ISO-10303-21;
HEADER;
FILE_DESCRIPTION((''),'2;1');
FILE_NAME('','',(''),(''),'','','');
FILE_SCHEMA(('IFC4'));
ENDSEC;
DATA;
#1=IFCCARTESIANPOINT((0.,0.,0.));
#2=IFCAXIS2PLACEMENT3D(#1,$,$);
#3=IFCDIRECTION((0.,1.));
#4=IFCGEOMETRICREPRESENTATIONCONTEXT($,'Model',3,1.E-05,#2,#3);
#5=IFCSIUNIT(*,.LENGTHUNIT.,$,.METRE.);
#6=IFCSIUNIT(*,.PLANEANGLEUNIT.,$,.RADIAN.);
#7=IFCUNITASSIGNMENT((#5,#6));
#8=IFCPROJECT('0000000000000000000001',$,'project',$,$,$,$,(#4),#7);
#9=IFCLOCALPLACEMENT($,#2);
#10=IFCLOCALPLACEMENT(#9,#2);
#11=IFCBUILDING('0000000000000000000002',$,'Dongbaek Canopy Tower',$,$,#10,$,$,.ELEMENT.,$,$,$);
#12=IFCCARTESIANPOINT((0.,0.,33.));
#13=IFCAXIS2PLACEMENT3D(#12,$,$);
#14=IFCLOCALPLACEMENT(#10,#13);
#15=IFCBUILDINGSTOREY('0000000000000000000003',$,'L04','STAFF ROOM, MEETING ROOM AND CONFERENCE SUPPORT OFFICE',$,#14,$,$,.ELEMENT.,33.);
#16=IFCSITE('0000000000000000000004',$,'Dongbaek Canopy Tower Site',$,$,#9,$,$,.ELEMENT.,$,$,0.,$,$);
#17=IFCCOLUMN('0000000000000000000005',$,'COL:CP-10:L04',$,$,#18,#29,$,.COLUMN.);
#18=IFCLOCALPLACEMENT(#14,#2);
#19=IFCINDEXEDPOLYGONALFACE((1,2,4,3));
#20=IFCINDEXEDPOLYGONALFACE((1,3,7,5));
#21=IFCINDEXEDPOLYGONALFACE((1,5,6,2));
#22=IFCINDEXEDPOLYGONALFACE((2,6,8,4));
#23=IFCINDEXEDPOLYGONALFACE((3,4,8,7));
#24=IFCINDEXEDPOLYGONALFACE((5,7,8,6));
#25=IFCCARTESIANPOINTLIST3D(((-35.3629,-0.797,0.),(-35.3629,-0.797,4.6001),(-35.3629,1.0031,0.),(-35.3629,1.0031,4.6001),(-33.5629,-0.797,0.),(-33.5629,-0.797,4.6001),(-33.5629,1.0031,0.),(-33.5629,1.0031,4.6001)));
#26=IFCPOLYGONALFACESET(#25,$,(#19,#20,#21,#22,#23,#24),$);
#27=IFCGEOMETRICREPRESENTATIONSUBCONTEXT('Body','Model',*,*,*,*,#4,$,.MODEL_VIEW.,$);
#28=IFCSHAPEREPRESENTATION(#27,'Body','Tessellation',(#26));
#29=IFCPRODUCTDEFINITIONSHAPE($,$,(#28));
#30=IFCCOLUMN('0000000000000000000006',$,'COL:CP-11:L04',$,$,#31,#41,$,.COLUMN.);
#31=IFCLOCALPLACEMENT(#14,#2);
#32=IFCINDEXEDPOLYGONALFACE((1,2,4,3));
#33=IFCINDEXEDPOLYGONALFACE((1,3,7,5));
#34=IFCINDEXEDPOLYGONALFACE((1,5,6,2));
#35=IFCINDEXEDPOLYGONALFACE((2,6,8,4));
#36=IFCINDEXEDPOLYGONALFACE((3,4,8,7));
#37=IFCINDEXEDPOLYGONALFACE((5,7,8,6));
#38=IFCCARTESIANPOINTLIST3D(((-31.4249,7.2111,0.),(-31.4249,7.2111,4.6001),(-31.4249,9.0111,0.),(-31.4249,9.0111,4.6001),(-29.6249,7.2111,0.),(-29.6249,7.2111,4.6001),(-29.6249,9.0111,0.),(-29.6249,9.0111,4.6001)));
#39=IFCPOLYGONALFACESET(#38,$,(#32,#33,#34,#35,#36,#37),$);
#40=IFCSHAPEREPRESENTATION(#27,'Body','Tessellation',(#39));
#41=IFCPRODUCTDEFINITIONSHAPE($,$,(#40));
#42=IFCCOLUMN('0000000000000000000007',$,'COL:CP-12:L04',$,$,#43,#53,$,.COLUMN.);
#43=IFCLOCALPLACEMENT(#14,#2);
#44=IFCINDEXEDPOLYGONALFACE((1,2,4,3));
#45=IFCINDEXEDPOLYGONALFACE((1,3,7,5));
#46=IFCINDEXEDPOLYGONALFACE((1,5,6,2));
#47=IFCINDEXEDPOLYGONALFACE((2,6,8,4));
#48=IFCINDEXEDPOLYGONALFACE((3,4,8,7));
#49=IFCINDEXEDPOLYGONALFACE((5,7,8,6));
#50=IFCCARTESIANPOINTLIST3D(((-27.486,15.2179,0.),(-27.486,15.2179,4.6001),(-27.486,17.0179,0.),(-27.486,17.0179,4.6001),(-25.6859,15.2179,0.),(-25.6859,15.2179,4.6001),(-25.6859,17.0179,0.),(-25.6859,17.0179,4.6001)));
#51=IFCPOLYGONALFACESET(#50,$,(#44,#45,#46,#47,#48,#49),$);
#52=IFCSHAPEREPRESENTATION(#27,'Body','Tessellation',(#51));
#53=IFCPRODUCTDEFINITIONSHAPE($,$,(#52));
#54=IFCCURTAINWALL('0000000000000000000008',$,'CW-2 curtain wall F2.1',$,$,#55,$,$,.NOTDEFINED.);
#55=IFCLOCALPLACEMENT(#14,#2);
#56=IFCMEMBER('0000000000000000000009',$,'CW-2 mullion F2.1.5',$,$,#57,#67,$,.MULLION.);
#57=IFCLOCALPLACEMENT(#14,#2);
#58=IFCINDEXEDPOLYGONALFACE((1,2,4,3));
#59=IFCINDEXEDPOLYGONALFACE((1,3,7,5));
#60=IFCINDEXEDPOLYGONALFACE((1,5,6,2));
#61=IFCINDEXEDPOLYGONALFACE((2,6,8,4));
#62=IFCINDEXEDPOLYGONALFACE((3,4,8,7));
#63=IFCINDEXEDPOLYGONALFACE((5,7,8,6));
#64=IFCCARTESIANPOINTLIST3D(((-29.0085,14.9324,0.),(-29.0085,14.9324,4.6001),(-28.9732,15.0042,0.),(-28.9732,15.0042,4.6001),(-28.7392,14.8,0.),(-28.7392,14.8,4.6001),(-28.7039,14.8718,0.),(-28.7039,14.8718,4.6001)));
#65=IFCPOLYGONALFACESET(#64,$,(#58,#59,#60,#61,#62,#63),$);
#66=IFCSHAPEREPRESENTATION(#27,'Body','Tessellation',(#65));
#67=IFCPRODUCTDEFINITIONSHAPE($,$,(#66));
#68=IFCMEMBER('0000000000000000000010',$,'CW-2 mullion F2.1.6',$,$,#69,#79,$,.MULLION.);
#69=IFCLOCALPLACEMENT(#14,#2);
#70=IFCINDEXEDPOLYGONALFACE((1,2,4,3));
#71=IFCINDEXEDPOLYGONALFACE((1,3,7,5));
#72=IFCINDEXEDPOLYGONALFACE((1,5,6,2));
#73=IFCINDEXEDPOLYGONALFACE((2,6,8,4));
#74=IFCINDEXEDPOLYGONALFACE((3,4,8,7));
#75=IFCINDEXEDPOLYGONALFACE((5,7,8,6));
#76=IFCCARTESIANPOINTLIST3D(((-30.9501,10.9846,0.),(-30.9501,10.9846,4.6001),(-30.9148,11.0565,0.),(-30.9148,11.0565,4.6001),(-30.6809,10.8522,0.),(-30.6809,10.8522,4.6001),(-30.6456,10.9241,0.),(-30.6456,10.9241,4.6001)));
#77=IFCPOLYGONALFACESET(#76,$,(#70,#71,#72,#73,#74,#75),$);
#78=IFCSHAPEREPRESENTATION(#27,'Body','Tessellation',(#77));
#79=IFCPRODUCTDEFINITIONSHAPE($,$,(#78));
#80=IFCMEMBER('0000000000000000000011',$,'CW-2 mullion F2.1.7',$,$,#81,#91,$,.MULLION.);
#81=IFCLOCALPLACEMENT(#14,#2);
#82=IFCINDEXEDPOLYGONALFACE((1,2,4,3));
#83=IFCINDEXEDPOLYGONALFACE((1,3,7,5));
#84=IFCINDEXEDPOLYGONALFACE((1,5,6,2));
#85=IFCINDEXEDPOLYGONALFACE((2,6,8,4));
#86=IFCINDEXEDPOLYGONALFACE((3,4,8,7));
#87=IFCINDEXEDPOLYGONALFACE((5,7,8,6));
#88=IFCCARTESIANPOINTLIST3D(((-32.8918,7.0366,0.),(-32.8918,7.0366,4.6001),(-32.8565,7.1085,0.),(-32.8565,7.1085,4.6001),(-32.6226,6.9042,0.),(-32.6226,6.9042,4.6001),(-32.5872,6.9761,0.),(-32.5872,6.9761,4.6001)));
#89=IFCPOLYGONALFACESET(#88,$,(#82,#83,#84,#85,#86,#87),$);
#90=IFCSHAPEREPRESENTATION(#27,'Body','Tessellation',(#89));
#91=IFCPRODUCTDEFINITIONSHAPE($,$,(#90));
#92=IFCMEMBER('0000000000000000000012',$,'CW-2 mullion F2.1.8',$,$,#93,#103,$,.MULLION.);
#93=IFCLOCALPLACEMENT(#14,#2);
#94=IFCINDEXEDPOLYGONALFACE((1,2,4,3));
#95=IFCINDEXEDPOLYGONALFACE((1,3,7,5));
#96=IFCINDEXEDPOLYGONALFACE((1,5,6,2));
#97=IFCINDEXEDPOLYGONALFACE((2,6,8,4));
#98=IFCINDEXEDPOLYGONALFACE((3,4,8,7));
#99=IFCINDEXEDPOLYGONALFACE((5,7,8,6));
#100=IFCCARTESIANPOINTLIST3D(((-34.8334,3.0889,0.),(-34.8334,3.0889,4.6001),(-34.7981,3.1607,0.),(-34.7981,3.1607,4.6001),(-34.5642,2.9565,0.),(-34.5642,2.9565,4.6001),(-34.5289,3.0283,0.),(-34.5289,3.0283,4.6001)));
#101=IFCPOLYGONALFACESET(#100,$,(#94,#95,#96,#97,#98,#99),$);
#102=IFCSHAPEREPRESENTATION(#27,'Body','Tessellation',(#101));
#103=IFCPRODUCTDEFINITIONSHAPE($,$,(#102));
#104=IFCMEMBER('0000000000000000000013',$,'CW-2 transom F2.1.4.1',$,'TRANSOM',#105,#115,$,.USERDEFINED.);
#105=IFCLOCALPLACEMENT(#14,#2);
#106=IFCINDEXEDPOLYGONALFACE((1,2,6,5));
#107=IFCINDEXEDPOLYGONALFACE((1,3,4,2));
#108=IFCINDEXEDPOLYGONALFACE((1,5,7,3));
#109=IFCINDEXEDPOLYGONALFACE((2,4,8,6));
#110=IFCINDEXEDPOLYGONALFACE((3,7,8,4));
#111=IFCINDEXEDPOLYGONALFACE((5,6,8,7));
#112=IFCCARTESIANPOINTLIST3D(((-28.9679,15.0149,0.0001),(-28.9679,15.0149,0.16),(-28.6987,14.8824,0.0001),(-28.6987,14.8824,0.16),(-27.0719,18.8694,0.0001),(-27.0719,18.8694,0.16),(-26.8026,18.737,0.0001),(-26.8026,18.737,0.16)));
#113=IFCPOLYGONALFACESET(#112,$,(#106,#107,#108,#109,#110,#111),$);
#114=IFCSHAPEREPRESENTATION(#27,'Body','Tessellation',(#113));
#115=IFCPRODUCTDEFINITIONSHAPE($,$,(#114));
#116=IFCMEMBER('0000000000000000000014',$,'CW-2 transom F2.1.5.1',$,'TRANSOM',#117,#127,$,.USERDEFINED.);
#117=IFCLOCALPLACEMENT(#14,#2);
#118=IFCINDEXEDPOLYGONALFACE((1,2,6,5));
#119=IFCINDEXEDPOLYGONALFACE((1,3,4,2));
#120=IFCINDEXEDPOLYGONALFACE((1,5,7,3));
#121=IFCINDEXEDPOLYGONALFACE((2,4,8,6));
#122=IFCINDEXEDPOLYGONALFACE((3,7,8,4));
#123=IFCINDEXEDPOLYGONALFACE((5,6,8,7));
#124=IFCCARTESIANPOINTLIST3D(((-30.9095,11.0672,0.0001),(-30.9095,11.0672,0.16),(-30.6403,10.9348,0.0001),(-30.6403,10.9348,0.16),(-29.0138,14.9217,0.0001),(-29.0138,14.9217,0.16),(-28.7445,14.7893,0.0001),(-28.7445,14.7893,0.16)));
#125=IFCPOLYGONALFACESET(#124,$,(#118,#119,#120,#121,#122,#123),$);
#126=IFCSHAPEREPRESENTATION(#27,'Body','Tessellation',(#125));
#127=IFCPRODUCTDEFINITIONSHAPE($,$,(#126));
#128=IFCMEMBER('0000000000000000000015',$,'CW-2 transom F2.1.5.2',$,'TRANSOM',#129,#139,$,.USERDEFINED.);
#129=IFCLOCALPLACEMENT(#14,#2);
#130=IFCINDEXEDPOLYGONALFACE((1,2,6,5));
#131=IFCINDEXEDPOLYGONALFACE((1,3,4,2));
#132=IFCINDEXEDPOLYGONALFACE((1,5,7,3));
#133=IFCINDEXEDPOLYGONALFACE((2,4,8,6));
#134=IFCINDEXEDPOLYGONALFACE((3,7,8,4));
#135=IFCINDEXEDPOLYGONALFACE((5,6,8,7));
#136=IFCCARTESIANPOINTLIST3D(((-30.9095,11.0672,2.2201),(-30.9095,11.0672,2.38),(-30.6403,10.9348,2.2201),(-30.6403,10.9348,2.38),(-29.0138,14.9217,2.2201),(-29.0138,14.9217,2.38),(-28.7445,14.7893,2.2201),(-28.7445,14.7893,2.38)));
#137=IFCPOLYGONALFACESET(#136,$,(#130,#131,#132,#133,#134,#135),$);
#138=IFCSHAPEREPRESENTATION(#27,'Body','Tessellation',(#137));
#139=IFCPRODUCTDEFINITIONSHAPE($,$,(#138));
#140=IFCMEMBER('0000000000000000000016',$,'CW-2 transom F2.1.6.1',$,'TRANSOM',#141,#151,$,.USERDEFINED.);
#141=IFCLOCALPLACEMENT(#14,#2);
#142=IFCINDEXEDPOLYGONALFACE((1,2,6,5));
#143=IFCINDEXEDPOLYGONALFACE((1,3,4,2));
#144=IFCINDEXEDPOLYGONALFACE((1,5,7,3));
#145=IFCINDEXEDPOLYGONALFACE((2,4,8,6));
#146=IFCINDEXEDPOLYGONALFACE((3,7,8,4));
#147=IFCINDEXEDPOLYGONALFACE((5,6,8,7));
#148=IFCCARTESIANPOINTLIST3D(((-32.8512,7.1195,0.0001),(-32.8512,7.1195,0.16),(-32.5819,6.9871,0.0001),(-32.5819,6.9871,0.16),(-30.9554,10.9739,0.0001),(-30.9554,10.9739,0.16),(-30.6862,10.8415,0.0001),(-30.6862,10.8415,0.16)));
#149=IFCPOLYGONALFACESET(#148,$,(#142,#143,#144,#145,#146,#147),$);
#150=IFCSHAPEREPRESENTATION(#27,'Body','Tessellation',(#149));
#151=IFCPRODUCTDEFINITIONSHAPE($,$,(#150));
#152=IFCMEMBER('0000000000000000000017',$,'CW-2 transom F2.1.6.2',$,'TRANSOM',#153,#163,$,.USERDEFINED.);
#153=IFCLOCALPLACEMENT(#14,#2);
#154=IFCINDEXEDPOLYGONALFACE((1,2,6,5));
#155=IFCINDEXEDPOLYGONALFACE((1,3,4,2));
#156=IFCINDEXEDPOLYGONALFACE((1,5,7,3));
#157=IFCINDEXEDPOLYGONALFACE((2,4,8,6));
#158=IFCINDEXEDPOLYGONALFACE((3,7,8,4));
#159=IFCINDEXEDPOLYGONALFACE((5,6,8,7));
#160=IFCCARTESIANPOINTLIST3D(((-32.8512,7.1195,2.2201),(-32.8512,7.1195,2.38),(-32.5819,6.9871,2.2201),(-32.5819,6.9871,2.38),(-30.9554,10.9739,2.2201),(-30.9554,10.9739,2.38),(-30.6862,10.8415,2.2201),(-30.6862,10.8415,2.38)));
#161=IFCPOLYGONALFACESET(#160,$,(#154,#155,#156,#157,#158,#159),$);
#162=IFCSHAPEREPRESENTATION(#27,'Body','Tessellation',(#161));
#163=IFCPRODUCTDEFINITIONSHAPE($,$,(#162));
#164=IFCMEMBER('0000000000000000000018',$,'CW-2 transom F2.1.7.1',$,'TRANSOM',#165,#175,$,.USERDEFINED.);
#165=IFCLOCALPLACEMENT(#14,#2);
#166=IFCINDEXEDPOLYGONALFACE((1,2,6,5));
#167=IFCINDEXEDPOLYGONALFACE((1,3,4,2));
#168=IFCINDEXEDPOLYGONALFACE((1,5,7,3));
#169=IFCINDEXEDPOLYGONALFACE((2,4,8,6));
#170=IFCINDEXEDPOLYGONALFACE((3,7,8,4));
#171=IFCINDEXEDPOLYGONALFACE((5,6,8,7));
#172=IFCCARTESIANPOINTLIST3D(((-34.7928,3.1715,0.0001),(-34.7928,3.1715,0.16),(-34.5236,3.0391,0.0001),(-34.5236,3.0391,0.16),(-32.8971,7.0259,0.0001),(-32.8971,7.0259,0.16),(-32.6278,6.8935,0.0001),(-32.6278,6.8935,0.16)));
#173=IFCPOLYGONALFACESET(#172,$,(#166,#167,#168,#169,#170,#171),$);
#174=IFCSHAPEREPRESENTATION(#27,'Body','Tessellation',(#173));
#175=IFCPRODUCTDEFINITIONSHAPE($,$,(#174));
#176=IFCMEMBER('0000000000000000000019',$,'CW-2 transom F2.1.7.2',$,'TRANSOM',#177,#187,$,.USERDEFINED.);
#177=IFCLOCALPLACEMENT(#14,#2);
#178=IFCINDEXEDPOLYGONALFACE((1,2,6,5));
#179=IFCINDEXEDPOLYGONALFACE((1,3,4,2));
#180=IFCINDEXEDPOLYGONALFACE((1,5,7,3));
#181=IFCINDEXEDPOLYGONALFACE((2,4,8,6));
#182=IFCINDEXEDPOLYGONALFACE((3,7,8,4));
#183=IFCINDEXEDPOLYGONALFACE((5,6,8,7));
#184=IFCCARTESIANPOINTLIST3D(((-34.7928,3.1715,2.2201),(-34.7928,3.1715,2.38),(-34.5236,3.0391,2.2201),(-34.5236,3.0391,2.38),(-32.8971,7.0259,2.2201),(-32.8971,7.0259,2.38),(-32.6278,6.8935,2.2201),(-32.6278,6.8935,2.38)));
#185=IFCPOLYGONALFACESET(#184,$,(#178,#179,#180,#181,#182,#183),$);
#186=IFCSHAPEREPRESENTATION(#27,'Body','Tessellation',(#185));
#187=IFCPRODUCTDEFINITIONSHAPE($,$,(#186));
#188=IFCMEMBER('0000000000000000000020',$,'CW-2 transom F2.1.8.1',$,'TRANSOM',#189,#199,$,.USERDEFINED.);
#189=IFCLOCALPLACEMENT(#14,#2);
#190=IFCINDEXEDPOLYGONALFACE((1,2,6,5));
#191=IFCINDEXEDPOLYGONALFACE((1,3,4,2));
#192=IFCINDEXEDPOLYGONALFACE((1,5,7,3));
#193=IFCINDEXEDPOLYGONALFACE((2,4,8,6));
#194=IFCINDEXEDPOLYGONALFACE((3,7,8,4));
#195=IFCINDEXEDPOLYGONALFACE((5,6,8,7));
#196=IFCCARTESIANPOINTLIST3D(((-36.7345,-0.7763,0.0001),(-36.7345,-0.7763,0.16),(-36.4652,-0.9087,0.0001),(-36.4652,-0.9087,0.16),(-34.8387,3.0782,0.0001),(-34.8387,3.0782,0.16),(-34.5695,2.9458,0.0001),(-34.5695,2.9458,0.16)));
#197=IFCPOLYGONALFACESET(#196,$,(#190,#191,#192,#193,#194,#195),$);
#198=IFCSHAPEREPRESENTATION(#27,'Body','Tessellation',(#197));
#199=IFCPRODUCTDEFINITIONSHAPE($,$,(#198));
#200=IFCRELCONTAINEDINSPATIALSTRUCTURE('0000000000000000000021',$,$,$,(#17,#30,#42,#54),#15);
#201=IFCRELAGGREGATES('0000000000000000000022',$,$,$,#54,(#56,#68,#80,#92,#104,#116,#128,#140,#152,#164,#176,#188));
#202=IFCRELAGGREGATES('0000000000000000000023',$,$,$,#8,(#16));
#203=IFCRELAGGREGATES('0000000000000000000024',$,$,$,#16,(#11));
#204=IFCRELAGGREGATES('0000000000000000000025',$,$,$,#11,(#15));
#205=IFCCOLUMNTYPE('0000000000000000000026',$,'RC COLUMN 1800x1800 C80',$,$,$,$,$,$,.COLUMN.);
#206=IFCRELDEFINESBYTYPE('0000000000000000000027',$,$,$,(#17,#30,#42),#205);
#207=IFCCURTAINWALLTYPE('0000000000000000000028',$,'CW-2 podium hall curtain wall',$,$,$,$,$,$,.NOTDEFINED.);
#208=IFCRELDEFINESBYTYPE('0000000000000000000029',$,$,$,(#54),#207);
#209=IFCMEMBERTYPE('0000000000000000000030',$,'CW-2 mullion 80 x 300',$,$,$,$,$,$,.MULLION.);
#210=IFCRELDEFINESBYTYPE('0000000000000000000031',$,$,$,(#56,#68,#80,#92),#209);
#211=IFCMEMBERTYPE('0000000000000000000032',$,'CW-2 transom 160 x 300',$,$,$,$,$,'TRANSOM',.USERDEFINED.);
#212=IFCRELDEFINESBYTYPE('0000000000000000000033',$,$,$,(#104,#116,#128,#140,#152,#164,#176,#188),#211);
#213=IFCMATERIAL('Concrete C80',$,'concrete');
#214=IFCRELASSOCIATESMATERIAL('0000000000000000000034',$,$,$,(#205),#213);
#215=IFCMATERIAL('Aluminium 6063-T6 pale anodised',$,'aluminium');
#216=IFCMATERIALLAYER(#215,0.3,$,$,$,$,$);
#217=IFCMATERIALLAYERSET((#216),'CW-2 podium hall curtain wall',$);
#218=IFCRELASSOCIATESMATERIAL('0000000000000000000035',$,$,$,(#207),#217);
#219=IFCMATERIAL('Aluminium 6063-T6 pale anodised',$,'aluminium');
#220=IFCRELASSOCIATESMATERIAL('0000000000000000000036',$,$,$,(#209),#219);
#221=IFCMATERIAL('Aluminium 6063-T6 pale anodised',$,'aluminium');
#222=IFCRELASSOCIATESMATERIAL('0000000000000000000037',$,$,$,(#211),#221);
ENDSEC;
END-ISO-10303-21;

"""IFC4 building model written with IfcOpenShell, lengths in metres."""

from ifc_helpers import new_model, si_unit, direction, frame, origin, origin_2d, place, context, subcontext, project, spatial, rectangle, extrude, material, layer, layer_set, material_profile, profile_set, type_object, element, aggregate, save


model = new_model("IFC4")

# Units and contexts
model_context = context("Model", 3, precision=1e-05, world=origin(), true_north=direction((0.0, 1.0)))
body_context = subcontext(model_context, "Body", "Model", "MODEL_VIEW")
ifc_project = project(units=[si_unit("LENGTHUNIT", "METRE"), si_unit("PLANEANGLEUNIT", "RADIAN")], contexts=[model_context])

# Site, building, storey
site_placement = place(None, origin())
site = spatial("IfcSite", under=ifc_project, at=site_placement, Name="Dongbaek Canopy Tower Site", CompositionType="ELEMENT", RefElevation=0.0)
building_placement = place(site_placement, origin())
building = spatial("IfcBuilding", under=site, at=building_placement, Name="Dongbaek Canopy Tower", CompositionType="ELEMENT")
storey_placement = place(building_placement, frame((0.0, 0.0, 33.0)))
storey = spatial("IfcBuildingStorey", under=building, at=storey_placement, Name="L04", Description="STAFF ROOM, MEETING ROOM AND CONFERENCE SUPPORT OFFICE", CompositionType="ELEMENT", Elevation=33.0)

# Columns
ifc_material_1 = material(Name="Concrete C80", Category="concrete")
ifc_material_profile_1 = material_profile(ifc_material_1, rectangle(XDim=1.8, YDim=1.8, at=origin_2d()), Name="RC COLUMN 1800x1800 C80")
ifc_profile_set_1 = profile_set([ifc_material_profile_1], Name="Concrete C80")
column_type = type_object("IfcColumnType", Name="RC COLUMN 1800x1800 C80", PredefinedType="COLUMN", material=ifc_profile_set_1)
for number, where, z_axis, x_axis, name in (
    (1, (-34.4629, 0.103, 0.0), (0.0, 0.0, 1.0), (1.0, 0.0, 0.0), "COL:CP-10:L04"),
    (2, (-30.5249, 8.1111, 0.0), (0.0, 0.0, 1.0), (1.0, 0.0, 0.0), "COL:CP-11:L04"),
    (3, (-26.5859, 16.1179, 0.0), (0.0, 0.0, 1.0), (1.0, 0.0, 0.0), "COL:CP-12:L04"),
):
    element("IfcColumn", number, at=place(storey_placement, frame(where, z_axis=z_axis, x_axis=x_axis)), inside=storey, type_object=column_type, Name=name, PredefinedType="COLUMN", context=body_context, shape_type="SweptSolid", body=[
        extrude(rectangle(XDim=1.8, YDim=1.8, at=origin_2d()), origin(), (0.0, 0.0, 1.0), 4.6001),
    ])

# Curtain wall, members
ifc_material_2 = material(Name="Aluminium 6063-T6 pale anodised", Category="aluminium")
ifc_layer_1 = layer(ifc_material_2, 0.3)
ifc_layer_set_1 = layer_set([ifc_layer_1], Name="CW-2 podium hall curtain wall")
curtain_wall_type = type_object("IfcCurtainWallType", Name="CW-2 podium hall curtain wall", PredefinedType="NOTDEFINED", material=ifc_layer_set_1)
curtain_wall_placement = place(storey_placement, origin())
curtain_wall = element("IfcCurtainWall", 4, at=curtain_wall_placement, inside=storey, type_object=curtain_wall_type, Name="CW-2 curtain wall F2.1", PredefinedType="NOTDEFINED")
ifc_material_3 = material(Name="Aluminium 6063-T6 pale anodised", Category="aluminium")
ifc_material_profile_2 = material_profile(ifc_material_3, rectangle(XDim=0.3, YDim=0.0801, at=origin_2d()), Name="CW-2 mullion 80 x 300")
ifc_profile_set_2 = profile_set([ifc_material_profile_2], Name="Aluminium 6063-T6 pale anodised")
member_type_1 = type_object("IfcMemberType", Name="CW-2 mullion 80 x 300", PredefinedType="MULLION", material=ifc_profile_set_2)
member_1_placement = place(storey_placement, frame((-28.8562, 14.9021, 0.0), z_axis=(0.0, 0.0, 1.0), x_axis=(-0.897339, 0.441342, 0.0)))
member_1 = element("IfcMember", 5, at=member_1_placement, type_object=member_type_1, Name="CW-2 mullion F2.1.5", PredefinedType="MULLION", context=body_context, shape_type="SweptSolid", body=[
    extrude(rectangle(XDim=0.3, YDim=0.0801, at=origin_2d()), origin(), (0.0, 0.0, 1.0), 4.6001),
])
member_2_placement = place(storey_placement, frame((-30.7979, 10.9543, 0.0), z_axis=(0.0, 0.0, 1.0), x_axis=(-0.897339, 0.441342, 0.0)))
member_2 = element("IfcMember", 6, at=member_2_placement, type_object=member_type_1, Name="CW-2 mullion F2.1.6", PredefinedType="MULLION", context=body_context, shape_type="SweptSolid", body=[
    extrude(rectangle(XDim=0.3, YDim=0.0801, at=origin_2d()), origin(), (0.0, 0.0, 1.0), 4.6001),
])
member_3_placement = place(storey_placement, frame((-32.7395, 7.0063, 0.0), z_axis=(0.0, 0.0, 1.0), x_axis=(-0.897339, 0.441342, 0.0)))
member_3 = element("IfcMember", 7, at=member_3_placement, type_object=member_type_1, Name="CW-2 mullion F2.1.7", PredefinedType="MULLION", context=body_context, shape_type="SweptSolid", body=[
    extrude(rectangle(XDim=0.3, YDim=0.0801, at=origin_2d()), origin(), (0.0, 0.0, 1.0), 4.6001),
])
member_4_placement = place(storey_placement, frame((-34.6812, 3.0586, 0.0), z_axis=(0.0, 0.0, 1.0), x_axis=(-0.897339, 0.441342, 0.0)))
member_4 = element("IfcMember", 8, at=member_4_placement, type_object=member_type_1, Name="CW-2 mullion F2.1.8", PredefinedType="MULLION", context=body_context, shape_type="SweptSolid", body=[
    extrude(rectangle(XDim=0.3, YDim=0.0801, at=origin_2d()), origin(), (0.0, 0.0, 1.0), 4.6001),
])
ifc_material_4 = material(Name="Aluminium 6063-T6 pale anodised", Category="aluminium")
ifc_material_profile_3 = material_profile(ifc_material_4, rectangle(XDim=0.3, YDim=0.1599, at=origin_2d()), Name="CW-2 transom 160 x 300")
ifc_profile_set_3 = profile_set([ifc_material_profile_3], Name="Aluminium 6063-T6 pale anodised")
member_type_2 = type_object("IfcMemberType", Name="CW-2 transom 160 x 300", ElementType="TRANSOM", PredefinedType="USERDEFINED", material=ifc_profile_set_3)
member_5_placement = place(storey_placement, frame((-26.9373, 18.8032, 0.0801), z_axis=(-0.441384, -0.897318, 0.0), x_axis=(0.897318, -0.441384, 0.0)))
member_5 = element("IfcMember", 9, at=member_5_placement, type_object=member_type_2, Name="CW-2 transom F2.1.4.1", ObjectType="TRANSOM", PredefinedType="USERDEFINED", context=body_context, shape_type="SweptSolid", body=[
    extrude(rectangle(XDim=0.3, YDim=0.1599, at=origin_2d()), origin(), (0.0, 0.0, 1.0), 4.2957),
])
member_6_placement = place(storey_placement, frame((-28.8792, 14.8555, 0.0801), z_axis=(-0.441338, -0.897341, 0.0), x_axis=(0.897341, -0.441338, 0.0)))
member_6 = element("IfcMember", 10, at=member_6_placement, type_object=member_type_2, Name="CW-2 transom F2.1.5.1", ObjectType="TRANSOM", PredefinedType="USERDEFINED", context=body_context, shape_type="SweptSolid", body=[
    extrude(rectangle(XDim=0.3, YDim=0.1599, at=origin_2d()), origin(), (0.0, 0.0, 1.0), 4.2954),
])
member_7_placement = place(storey_placement, frame((-28.8792, 14.8555, 2.3), z_axis=(-0.441338, -0.897341, 0.0), x_axis=(0.897341, -0.441338, 0.0)))
member_7 = element("IfcMember", 11, at=member_7_placement, type_object=member_type_2, Name="CW-2 transom F2.1.5.2", ObjectType="TRANSOM", PredefinedType="USERDEFINED", context=body_context, shape_type="SweptSolid", body=[
    extrude(rectangle(XDim=0.3, YDim=0.1599, at=origin_2d()), origin(), (0.0, 0.0, 1.0), 4.2954),
])
member_8_placement = place(storey_placement, frame((-30.8208, 10.9077, 0.0801), z_axis=(-0.441338, -0.897341, 0.0), x_axis=(0.897341, -0.441338, 0.0)))
member_8 = element("IfcMember", 12, at=member_8_placement, type_object=member_type_2, Name="CW-2 transom F2.1.6.1", ObjectType="TRANSOM", PredefinedType="USERDEFINED", context=body_context, shape_type="SweptSolid", body=[
    extrude(rectangle(XDim=0.3, YDim=0.1599, at=origin_2d()), origin(), (0.0, 0.0, 1.0), 4.2954),
])
member_9_placement = place(storey_placement, frame((-30.8208, 10.9077, 2.3), z_axis=(-0.441338, -0.897341, 0.0), x_axis=(0.897341, -0.441338, 0.0)))
member_9 = element("IfcMember", 13, at=member_9_placement, type_object=member_type_2, Name="CW-2 transom F2.1.6.2", ObjectType="TRANSOM", PredefinedType="USERDEFINED", context=body_context, shape_type="SweptSolid", body=[
    extrude(rectangle(XDim=0.3, YDim=0.1599, at=origin_2d()), origin(), (0.0, 0.0, 1.0), 4.2954),
])
member_10_placement = place(storey_placement, frame((-32.7625, 6.9597, 0.0801), z_axis=(-0.441338, -0.897341, 0.0), x_axis=(0.897341, -0.441338, 0.0)))
member_10 = element("IfcMember", 14, at=member_10_placement, type_object=member_type_2, Name="CW-2 transom F2.1.7.1", ObjectType="TRANSOM", PredefinedType="USERDEFINED", context=body_context, shape_type="SweptSolid", body=[
    extrude(rectangle(XDim=0.3, YDim=0.1599, at=origin_2d()), origin(), (0.0, 0.0, 1.0), 4.2954),
])
member_11_placement = place(storey_placement, frame((-32.7625, 6.9597, 2.3), z_axis=(-0.441338, -0.897341, 0.0), x_axis=(0.897341, -0.441338, 0.0)))
member_11 = element("IfcMember", 15, at=member_11_placement, type_object=member_type_2, Name="CW-2 transom F2.1.7.2", ObjectType="TRANSOM", PredefinedType="USERDEFINED", context=body_context, shape_type="SweptSolid", body=[
    extrude(rectangle(XDim=0.3, YDim=0.1599, at=origin_2d()), origin(), (0.0, 0.0, 1.0), 4.2954),
])
member_12_placement = place(storey_placement, frame((-34.7041, 3.012, 0.0801), z_axis=(-0.441338, -0.897341, 0.0), x_axis=(0.897341, -0.441338, 0.0)))
member_12 = element("IfcMember", 16, at=member_12_placement, type_object=member_type_2, Name="CW-2 transom F2.1.8.1", ObjectType="TRANSOM", PredefinedType="USERDEFINED", context=body_context, shape_type="SweptSolid", body=[
    extrude(rectangle(XDim=0.3, YDim=0.1599, at=origin_2d()), origin(), (0.0, 0.0, 1.0), 4.2954),
])
aggregate(curtain_wall, [member_1, member_2, member_3, member_4, member_5, member_6, member_7, member_8, member_9, member_10, member_11, member_12])

save(model, "model.ifc")
